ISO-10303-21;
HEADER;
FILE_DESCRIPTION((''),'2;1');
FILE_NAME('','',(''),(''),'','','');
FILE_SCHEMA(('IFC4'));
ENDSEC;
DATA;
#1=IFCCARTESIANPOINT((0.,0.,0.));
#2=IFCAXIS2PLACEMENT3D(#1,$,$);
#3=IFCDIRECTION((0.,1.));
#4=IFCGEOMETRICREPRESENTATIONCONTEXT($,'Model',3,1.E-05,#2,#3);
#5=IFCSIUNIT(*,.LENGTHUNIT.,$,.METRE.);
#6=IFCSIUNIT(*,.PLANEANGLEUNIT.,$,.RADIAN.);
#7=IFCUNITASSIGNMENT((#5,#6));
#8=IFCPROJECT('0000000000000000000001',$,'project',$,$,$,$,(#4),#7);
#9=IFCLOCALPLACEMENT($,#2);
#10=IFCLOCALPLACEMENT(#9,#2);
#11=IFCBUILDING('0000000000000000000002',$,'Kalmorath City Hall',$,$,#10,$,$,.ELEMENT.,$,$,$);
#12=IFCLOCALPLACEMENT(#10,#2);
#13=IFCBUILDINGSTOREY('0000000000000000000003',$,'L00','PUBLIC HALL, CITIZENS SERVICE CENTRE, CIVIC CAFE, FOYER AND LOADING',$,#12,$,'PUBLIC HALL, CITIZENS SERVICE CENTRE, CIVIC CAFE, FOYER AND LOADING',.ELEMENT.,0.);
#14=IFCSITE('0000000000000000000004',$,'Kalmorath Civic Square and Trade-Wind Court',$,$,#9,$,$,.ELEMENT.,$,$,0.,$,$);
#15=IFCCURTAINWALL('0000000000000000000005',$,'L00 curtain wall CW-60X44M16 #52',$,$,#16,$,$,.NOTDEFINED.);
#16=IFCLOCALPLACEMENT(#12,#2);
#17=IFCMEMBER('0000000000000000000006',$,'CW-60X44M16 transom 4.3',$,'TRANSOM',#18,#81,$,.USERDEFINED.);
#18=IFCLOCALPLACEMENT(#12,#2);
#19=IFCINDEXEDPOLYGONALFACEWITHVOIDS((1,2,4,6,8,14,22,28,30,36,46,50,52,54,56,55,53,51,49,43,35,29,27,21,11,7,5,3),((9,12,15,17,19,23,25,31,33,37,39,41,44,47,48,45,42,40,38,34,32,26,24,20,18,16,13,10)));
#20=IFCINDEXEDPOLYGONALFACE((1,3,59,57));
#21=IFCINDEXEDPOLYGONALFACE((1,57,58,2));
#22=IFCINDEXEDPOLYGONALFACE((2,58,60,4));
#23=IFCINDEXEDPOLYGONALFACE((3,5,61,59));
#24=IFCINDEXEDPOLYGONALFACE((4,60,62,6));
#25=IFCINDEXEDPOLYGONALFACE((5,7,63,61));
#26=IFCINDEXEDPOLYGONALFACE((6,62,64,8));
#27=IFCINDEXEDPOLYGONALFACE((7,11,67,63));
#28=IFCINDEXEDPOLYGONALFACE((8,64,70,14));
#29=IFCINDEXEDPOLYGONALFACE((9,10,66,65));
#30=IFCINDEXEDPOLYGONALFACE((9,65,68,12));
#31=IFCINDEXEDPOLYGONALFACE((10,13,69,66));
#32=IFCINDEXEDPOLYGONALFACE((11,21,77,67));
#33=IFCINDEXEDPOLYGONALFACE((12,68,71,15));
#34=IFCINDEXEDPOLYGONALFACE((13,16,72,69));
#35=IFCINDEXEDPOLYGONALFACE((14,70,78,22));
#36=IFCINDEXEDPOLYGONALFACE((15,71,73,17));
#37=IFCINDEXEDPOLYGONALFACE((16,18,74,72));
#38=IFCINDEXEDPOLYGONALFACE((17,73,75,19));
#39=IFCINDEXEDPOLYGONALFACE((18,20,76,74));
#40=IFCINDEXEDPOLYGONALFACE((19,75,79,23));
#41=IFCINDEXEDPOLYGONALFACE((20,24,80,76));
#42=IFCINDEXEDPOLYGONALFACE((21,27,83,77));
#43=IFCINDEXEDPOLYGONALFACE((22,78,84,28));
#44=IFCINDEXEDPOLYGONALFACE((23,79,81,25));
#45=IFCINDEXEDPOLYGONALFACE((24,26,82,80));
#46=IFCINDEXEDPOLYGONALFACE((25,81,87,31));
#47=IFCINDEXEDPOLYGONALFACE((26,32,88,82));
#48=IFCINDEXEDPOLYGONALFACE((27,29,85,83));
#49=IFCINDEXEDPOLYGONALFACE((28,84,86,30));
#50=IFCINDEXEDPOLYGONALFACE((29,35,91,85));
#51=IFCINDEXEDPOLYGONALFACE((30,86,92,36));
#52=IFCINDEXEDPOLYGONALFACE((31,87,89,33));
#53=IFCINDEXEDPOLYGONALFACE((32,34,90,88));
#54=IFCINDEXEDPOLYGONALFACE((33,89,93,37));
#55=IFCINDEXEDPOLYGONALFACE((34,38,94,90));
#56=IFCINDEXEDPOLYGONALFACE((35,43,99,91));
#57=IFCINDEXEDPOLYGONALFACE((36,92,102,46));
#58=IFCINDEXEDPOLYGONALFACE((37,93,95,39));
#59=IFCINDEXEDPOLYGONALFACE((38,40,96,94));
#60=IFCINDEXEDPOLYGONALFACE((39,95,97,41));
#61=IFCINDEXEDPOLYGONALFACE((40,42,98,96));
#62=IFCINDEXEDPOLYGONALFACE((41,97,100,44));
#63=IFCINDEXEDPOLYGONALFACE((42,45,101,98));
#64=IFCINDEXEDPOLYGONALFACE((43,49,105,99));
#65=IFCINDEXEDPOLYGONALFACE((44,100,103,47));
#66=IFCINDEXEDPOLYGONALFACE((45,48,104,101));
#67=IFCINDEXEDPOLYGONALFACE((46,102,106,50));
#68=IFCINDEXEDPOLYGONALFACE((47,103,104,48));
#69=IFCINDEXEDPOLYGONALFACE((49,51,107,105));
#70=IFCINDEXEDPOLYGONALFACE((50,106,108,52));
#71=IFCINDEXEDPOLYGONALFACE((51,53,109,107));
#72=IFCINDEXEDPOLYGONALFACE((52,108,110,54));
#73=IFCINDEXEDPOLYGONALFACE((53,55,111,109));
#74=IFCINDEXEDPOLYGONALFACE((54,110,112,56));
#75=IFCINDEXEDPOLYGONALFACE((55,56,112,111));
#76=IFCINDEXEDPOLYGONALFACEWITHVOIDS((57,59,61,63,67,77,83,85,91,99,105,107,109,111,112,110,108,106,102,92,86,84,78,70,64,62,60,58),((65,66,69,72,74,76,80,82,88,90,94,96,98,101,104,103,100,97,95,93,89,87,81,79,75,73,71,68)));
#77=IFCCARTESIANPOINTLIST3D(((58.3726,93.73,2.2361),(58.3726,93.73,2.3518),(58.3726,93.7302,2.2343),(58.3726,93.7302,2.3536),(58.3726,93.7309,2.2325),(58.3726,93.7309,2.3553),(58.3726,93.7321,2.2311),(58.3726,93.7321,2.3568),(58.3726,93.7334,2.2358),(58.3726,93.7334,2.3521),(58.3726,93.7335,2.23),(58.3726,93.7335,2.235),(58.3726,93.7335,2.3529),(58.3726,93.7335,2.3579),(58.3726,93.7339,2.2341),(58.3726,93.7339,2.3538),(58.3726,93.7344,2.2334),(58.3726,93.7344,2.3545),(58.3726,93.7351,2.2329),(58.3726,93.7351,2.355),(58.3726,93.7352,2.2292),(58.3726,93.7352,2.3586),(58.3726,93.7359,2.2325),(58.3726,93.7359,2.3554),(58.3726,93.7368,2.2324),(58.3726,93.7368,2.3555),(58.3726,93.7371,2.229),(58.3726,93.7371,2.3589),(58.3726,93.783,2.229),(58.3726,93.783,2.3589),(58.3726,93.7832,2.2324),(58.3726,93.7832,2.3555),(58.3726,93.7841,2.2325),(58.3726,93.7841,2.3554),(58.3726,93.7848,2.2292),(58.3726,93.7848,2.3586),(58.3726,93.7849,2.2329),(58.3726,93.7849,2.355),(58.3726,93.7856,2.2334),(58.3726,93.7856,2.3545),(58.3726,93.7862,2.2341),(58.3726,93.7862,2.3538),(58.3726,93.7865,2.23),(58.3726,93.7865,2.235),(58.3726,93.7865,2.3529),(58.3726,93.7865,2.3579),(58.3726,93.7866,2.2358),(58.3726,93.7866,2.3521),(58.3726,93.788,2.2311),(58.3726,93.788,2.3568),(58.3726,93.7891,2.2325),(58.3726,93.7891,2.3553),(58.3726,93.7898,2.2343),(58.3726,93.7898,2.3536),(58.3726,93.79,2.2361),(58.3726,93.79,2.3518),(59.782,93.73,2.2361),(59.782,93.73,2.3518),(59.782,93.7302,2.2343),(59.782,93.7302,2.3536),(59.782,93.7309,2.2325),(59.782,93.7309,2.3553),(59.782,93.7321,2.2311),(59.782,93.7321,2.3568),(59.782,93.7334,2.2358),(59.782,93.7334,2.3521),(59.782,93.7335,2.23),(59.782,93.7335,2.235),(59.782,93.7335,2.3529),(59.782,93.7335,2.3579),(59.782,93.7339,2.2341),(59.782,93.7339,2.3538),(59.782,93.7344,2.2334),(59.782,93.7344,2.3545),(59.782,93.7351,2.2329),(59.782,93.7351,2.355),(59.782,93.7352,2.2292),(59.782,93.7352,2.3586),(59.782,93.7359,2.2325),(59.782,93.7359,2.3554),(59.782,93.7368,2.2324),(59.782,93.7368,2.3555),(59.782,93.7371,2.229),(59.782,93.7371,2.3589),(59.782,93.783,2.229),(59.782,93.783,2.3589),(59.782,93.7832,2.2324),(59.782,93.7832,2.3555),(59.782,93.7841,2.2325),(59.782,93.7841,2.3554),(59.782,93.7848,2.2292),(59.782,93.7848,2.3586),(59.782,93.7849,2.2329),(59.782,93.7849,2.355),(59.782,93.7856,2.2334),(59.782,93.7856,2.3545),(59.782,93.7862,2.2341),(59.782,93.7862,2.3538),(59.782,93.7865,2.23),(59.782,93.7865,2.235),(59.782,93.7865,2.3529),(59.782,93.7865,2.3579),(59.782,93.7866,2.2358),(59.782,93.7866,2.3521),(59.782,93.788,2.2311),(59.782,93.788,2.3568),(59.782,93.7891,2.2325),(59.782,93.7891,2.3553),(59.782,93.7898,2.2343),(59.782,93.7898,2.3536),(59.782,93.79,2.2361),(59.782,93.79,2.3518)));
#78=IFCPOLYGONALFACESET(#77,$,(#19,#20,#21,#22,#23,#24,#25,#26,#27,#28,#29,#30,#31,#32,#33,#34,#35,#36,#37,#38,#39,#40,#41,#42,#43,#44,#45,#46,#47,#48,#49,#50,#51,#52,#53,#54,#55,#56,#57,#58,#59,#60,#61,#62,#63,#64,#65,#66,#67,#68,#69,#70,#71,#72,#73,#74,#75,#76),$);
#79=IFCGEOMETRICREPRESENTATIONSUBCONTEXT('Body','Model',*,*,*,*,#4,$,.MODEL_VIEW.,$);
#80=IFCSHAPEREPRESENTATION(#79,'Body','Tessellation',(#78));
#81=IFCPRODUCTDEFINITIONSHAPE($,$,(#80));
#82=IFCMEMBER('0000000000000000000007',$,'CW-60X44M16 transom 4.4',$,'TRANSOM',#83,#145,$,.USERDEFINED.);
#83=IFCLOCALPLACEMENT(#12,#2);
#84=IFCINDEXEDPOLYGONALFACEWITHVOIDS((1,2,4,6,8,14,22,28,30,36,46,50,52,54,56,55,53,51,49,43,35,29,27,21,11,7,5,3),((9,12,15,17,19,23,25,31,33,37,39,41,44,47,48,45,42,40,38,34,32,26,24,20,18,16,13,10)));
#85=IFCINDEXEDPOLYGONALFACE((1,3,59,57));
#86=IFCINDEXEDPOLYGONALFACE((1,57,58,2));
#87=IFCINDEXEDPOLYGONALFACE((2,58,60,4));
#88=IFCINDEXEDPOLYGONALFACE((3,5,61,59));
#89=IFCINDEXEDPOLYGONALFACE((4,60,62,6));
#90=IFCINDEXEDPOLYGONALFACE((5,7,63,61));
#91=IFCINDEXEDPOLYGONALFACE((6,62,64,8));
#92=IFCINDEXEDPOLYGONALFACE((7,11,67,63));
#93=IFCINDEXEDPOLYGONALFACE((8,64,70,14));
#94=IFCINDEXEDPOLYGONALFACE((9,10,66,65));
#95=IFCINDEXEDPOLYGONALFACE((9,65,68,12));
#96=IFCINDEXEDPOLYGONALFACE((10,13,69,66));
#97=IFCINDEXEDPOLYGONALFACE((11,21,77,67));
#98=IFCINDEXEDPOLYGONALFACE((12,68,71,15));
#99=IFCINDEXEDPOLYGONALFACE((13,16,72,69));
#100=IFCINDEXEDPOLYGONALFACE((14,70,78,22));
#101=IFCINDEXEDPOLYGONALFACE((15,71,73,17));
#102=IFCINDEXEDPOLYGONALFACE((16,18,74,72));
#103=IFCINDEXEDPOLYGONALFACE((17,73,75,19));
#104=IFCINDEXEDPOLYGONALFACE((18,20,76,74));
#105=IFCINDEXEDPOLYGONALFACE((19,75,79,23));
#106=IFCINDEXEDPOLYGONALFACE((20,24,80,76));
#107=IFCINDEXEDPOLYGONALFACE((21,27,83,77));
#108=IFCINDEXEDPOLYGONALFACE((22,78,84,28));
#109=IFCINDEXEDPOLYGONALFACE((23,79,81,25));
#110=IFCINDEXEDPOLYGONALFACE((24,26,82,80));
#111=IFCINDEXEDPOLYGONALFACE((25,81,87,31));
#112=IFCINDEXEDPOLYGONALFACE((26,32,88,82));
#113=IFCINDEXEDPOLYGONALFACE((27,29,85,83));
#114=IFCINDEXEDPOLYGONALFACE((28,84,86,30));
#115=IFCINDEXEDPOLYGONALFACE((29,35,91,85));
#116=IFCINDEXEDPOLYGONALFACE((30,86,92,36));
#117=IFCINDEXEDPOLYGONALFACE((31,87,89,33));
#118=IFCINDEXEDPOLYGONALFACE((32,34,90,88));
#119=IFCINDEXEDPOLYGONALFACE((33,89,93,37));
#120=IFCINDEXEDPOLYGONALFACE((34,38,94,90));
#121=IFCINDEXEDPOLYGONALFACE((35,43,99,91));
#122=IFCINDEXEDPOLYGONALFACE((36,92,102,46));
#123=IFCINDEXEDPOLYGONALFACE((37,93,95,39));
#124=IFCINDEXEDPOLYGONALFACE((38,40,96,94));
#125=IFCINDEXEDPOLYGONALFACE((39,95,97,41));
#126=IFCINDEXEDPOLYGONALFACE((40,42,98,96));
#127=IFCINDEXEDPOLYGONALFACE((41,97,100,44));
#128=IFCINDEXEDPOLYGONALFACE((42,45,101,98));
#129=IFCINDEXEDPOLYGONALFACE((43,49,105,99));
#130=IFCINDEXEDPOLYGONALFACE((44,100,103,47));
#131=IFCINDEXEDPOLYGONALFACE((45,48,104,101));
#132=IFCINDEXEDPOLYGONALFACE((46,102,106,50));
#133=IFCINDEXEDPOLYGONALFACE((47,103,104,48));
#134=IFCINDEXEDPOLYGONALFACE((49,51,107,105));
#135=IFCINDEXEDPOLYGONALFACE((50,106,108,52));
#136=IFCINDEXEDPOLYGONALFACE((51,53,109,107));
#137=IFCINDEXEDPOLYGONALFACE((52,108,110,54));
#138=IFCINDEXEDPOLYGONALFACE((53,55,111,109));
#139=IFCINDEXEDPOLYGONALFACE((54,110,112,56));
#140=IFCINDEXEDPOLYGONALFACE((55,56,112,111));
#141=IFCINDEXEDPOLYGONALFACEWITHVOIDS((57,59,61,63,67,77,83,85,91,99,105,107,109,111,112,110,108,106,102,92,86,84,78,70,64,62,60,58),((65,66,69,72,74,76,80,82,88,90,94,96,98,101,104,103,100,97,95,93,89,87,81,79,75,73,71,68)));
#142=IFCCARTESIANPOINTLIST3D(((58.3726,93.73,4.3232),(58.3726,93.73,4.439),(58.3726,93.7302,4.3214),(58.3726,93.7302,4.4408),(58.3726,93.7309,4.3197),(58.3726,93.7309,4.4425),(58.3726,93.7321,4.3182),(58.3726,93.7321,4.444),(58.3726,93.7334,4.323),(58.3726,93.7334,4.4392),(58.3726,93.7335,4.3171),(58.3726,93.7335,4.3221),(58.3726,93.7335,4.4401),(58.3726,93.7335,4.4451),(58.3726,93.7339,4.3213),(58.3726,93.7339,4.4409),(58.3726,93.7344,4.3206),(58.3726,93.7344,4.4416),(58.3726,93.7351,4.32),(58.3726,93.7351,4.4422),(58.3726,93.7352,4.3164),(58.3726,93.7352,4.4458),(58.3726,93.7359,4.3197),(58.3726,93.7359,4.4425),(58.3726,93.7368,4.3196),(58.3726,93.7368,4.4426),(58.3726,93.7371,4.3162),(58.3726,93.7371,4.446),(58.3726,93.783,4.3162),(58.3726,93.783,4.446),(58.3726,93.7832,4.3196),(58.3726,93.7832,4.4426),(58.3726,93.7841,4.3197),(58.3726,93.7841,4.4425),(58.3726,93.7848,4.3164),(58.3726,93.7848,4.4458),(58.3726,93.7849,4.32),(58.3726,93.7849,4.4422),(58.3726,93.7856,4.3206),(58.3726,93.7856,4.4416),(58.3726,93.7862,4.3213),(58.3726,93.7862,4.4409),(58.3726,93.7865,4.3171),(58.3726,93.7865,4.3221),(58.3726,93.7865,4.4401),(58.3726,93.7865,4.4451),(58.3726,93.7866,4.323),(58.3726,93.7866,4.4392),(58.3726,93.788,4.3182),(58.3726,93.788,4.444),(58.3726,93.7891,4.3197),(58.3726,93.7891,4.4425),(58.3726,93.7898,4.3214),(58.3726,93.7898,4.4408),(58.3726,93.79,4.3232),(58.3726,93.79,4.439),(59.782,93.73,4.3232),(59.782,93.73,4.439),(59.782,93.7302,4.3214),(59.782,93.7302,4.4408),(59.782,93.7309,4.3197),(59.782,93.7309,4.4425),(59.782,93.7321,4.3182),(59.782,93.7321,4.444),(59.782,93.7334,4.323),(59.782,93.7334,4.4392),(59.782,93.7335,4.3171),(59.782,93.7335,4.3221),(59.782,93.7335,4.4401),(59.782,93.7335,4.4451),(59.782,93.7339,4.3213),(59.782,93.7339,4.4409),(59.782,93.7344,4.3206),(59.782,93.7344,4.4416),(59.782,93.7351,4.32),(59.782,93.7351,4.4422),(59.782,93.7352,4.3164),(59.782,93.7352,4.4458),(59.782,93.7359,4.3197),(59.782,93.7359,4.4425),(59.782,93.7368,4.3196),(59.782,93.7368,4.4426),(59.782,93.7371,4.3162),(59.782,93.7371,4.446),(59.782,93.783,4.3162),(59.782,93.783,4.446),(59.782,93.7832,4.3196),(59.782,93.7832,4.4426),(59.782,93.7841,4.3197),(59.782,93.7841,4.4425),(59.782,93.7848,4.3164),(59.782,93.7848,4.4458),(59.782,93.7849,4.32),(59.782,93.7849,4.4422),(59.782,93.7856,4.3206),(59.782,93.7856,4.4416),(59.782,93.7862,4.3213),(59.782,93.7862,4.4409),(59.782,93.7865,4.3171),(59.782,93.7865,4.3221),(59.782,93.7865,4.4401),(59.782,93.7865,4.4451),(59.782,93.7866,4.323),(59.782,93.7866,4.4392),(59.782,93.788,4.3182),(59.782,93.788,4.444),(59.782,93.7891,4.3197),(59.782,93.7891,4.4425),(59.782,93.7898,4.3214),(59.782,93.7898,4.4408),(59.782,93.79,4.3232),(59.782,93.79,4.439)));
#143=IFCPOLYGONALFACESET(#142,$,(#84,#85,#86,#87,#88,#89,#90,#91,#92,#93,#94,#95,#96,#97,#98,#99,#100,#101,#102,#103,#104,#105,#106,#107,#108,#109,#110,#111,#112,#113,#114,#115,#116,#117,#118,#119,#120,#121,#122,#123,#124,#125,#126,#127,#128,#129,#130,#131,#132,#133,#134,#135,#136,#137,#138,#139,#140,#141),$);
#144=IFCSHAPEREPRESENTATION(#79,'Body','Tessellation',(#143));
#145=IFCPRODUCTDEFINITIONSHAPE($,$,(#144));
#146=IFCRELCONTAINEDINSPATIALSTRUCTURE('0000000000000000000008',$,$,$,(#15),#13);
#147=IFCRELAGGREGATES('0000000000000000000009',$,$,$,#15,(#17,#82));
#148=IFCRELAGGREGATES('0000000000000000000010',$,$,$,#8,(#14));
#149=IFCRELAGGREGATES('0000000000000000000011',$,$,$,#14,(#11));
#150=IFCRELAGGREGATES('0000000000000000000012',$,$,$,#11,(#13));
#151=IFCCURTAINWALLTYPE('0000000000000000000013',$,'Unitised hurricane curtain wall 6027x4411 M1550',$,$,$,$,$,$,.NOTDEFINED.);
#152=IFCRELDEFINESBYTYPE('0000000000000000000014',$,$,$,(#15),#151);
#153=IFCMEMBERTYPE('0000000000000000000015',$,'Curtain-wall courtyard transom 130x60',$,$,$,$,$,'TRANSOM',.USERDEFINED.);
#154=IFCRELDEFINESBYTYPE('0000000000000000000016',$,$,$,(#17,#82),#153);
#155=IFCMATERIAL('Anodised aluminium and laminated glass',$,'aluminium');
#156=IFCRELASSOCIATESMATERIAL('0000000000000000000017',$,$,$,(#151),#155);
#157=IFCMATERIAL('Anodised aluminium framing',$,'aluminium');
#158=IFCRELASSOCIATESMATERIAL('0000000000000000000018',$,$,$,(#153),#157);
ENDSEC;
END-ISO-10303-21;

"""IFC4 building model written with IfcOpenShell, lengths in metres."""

from ifc_helpers import new_model, si_unit, direction, frame, origin, origin_2d, place, context, subcontext, project, spatial, hollow_rectangle, extrude, material, material_profile, profile_set, type_object, element, aggregate, save


model = new_model("IFC4")

# Units and contexts
model_context = context("Model", 3, precision=1e-05, world=origin(), true_north=direction((0.0, 1.0)))
body_context = subcontext(model_context, "Body", "Model", "MODEL_VIEW")
ifc_project = project(units=[si_unit("LENGTHUNIT", "METRE"), si_unit("PLANEANGLEUNIT", "RADIAN")], contexts=[model_context])

# Site, building, storey
site_placement = place(None, origin())
site = spatial("IfcSite", under=ifc_project, at=site_placement, Name="Kalmorath Civic Square and Trade-Wind Court", CompositionType="ELEMENT", RefElevation=0.0)
building_placement = place(site_placement, origin())
building = spatial("IfcBuilding", under=site, at=building_placement, Name="Kalmorath City Hall", CompositionType="ELEMENT")
storey_placement = place(building_placement, origin())
storey = spatial("IfcBuildingStorey", under=building, at=storey_placement, Name="L00", Description="PUBLIC HALL, CITIZENS SERVICE CENTRE, CIVIC CAFE, FOYER AND LOADING", LongName="PUBLIC HALL, CITIZENS SERVICE CENTRE, CIVIC CAFE, FOYER AND LOADING", CompositionType="ELEMENT", Elevation=0.0)

# Curtain wall
ifc_material_1 = material(Name="Anodised aluminium and laminated glass", Category="aluminium")
curtain_wall_type_1 = type_object("IfcCurtainWallType", Name="Unitised hurricane curtain wall 6027x4411 M1550", PredefinedType="NOTDEFINED", material=ifc_material_1)
curtain_wall_1_placement = place(storey_placement, origin())
curtain_wall_1 = element("IfcCurtainWall", 1, at=curtain_wall_1_placement, inside=storey, type_object=curtain_wall_type_1, Name="L00 curtain wall CW-60X44M16 #52", PredefinedType="NOTDEFINED")

# Members
ifc_material_2 = material(Name="Anodised aluminium framing", Category="aluminium")
ifc_material_profile_1 = material_profile(ifc_material_2, hollow_rectangle(XDim=0.0601, YDim=0.1299, WallThickness=0.0034, InnerFilletRadius=0.0034, OuterFilletRadius=0.0071, at=origin_2d()), Name="ALU-TRN-130X60X3.5")
ifc_profile_set_1 = profile_set([ifc_material_profile_1], Name="Anodised aluminium framing")
member_type_1 = type_object("IfcMemberType", Name="Curtain-wall courtyard transom 130x60", ElementType="TRANSOM", PredefinedType="USERDEFINED", material=ifc_profile_set_1)
member_1_placement = place(storey_placement, frame((59.782, 93.76, 2.2939), z_axis=(-1.0, 0.0, 0.0), x_axis=(0.0, -1.0, 0.0)))
member_1 = element("IfcMember", 2, at=member_1_placement, type_object=member_type_1, Name="CW-60X44M16 transom 4.3", ObjectType="TRANSOM", PredefinedType="USERDEFINED", context=body_context, shape_type="SweptSolid", body=[
    extrude(hollow_rectangle(XDim=0.0601, YDim=0.1299, WallThickness=0.0034, InnerFilletRadius=0.0034, OuterFilletRadius=0.0071, at=origin_2d()), origin(), (0.0, 0.0, 1.0), 1.4094),
])
member_2_placement = place(storey_placement, frame((59.782, 93.76, 4.3811), z_axis=(-1.0, 0.0, 0.0), x_axis=(0.0, -1.0, 0.0)))
member_2 = element("IfcMember", 3, at=member_2_placement, type_object=member_type_1, Name="CW-60X44M16 transom 4.4", ObjectType="TRANSOM", PredefinedType="USERDEFINED", context=body_context, shape_type="SweptSolid", body=[
    extrude(hollow_rectangle(XDim=0.0601, YDim=0.1299, WallThickness=0.0034, InnerFilletRadius=0.0034, OuterFilletRadius=0.0071, at=origin_2d()), origin(), (0.0, 0.0, 1.0), 1.4094),
])

aggregate(curtain_wall_1, [member_1, member_2])

save(model, "model.ifc")
